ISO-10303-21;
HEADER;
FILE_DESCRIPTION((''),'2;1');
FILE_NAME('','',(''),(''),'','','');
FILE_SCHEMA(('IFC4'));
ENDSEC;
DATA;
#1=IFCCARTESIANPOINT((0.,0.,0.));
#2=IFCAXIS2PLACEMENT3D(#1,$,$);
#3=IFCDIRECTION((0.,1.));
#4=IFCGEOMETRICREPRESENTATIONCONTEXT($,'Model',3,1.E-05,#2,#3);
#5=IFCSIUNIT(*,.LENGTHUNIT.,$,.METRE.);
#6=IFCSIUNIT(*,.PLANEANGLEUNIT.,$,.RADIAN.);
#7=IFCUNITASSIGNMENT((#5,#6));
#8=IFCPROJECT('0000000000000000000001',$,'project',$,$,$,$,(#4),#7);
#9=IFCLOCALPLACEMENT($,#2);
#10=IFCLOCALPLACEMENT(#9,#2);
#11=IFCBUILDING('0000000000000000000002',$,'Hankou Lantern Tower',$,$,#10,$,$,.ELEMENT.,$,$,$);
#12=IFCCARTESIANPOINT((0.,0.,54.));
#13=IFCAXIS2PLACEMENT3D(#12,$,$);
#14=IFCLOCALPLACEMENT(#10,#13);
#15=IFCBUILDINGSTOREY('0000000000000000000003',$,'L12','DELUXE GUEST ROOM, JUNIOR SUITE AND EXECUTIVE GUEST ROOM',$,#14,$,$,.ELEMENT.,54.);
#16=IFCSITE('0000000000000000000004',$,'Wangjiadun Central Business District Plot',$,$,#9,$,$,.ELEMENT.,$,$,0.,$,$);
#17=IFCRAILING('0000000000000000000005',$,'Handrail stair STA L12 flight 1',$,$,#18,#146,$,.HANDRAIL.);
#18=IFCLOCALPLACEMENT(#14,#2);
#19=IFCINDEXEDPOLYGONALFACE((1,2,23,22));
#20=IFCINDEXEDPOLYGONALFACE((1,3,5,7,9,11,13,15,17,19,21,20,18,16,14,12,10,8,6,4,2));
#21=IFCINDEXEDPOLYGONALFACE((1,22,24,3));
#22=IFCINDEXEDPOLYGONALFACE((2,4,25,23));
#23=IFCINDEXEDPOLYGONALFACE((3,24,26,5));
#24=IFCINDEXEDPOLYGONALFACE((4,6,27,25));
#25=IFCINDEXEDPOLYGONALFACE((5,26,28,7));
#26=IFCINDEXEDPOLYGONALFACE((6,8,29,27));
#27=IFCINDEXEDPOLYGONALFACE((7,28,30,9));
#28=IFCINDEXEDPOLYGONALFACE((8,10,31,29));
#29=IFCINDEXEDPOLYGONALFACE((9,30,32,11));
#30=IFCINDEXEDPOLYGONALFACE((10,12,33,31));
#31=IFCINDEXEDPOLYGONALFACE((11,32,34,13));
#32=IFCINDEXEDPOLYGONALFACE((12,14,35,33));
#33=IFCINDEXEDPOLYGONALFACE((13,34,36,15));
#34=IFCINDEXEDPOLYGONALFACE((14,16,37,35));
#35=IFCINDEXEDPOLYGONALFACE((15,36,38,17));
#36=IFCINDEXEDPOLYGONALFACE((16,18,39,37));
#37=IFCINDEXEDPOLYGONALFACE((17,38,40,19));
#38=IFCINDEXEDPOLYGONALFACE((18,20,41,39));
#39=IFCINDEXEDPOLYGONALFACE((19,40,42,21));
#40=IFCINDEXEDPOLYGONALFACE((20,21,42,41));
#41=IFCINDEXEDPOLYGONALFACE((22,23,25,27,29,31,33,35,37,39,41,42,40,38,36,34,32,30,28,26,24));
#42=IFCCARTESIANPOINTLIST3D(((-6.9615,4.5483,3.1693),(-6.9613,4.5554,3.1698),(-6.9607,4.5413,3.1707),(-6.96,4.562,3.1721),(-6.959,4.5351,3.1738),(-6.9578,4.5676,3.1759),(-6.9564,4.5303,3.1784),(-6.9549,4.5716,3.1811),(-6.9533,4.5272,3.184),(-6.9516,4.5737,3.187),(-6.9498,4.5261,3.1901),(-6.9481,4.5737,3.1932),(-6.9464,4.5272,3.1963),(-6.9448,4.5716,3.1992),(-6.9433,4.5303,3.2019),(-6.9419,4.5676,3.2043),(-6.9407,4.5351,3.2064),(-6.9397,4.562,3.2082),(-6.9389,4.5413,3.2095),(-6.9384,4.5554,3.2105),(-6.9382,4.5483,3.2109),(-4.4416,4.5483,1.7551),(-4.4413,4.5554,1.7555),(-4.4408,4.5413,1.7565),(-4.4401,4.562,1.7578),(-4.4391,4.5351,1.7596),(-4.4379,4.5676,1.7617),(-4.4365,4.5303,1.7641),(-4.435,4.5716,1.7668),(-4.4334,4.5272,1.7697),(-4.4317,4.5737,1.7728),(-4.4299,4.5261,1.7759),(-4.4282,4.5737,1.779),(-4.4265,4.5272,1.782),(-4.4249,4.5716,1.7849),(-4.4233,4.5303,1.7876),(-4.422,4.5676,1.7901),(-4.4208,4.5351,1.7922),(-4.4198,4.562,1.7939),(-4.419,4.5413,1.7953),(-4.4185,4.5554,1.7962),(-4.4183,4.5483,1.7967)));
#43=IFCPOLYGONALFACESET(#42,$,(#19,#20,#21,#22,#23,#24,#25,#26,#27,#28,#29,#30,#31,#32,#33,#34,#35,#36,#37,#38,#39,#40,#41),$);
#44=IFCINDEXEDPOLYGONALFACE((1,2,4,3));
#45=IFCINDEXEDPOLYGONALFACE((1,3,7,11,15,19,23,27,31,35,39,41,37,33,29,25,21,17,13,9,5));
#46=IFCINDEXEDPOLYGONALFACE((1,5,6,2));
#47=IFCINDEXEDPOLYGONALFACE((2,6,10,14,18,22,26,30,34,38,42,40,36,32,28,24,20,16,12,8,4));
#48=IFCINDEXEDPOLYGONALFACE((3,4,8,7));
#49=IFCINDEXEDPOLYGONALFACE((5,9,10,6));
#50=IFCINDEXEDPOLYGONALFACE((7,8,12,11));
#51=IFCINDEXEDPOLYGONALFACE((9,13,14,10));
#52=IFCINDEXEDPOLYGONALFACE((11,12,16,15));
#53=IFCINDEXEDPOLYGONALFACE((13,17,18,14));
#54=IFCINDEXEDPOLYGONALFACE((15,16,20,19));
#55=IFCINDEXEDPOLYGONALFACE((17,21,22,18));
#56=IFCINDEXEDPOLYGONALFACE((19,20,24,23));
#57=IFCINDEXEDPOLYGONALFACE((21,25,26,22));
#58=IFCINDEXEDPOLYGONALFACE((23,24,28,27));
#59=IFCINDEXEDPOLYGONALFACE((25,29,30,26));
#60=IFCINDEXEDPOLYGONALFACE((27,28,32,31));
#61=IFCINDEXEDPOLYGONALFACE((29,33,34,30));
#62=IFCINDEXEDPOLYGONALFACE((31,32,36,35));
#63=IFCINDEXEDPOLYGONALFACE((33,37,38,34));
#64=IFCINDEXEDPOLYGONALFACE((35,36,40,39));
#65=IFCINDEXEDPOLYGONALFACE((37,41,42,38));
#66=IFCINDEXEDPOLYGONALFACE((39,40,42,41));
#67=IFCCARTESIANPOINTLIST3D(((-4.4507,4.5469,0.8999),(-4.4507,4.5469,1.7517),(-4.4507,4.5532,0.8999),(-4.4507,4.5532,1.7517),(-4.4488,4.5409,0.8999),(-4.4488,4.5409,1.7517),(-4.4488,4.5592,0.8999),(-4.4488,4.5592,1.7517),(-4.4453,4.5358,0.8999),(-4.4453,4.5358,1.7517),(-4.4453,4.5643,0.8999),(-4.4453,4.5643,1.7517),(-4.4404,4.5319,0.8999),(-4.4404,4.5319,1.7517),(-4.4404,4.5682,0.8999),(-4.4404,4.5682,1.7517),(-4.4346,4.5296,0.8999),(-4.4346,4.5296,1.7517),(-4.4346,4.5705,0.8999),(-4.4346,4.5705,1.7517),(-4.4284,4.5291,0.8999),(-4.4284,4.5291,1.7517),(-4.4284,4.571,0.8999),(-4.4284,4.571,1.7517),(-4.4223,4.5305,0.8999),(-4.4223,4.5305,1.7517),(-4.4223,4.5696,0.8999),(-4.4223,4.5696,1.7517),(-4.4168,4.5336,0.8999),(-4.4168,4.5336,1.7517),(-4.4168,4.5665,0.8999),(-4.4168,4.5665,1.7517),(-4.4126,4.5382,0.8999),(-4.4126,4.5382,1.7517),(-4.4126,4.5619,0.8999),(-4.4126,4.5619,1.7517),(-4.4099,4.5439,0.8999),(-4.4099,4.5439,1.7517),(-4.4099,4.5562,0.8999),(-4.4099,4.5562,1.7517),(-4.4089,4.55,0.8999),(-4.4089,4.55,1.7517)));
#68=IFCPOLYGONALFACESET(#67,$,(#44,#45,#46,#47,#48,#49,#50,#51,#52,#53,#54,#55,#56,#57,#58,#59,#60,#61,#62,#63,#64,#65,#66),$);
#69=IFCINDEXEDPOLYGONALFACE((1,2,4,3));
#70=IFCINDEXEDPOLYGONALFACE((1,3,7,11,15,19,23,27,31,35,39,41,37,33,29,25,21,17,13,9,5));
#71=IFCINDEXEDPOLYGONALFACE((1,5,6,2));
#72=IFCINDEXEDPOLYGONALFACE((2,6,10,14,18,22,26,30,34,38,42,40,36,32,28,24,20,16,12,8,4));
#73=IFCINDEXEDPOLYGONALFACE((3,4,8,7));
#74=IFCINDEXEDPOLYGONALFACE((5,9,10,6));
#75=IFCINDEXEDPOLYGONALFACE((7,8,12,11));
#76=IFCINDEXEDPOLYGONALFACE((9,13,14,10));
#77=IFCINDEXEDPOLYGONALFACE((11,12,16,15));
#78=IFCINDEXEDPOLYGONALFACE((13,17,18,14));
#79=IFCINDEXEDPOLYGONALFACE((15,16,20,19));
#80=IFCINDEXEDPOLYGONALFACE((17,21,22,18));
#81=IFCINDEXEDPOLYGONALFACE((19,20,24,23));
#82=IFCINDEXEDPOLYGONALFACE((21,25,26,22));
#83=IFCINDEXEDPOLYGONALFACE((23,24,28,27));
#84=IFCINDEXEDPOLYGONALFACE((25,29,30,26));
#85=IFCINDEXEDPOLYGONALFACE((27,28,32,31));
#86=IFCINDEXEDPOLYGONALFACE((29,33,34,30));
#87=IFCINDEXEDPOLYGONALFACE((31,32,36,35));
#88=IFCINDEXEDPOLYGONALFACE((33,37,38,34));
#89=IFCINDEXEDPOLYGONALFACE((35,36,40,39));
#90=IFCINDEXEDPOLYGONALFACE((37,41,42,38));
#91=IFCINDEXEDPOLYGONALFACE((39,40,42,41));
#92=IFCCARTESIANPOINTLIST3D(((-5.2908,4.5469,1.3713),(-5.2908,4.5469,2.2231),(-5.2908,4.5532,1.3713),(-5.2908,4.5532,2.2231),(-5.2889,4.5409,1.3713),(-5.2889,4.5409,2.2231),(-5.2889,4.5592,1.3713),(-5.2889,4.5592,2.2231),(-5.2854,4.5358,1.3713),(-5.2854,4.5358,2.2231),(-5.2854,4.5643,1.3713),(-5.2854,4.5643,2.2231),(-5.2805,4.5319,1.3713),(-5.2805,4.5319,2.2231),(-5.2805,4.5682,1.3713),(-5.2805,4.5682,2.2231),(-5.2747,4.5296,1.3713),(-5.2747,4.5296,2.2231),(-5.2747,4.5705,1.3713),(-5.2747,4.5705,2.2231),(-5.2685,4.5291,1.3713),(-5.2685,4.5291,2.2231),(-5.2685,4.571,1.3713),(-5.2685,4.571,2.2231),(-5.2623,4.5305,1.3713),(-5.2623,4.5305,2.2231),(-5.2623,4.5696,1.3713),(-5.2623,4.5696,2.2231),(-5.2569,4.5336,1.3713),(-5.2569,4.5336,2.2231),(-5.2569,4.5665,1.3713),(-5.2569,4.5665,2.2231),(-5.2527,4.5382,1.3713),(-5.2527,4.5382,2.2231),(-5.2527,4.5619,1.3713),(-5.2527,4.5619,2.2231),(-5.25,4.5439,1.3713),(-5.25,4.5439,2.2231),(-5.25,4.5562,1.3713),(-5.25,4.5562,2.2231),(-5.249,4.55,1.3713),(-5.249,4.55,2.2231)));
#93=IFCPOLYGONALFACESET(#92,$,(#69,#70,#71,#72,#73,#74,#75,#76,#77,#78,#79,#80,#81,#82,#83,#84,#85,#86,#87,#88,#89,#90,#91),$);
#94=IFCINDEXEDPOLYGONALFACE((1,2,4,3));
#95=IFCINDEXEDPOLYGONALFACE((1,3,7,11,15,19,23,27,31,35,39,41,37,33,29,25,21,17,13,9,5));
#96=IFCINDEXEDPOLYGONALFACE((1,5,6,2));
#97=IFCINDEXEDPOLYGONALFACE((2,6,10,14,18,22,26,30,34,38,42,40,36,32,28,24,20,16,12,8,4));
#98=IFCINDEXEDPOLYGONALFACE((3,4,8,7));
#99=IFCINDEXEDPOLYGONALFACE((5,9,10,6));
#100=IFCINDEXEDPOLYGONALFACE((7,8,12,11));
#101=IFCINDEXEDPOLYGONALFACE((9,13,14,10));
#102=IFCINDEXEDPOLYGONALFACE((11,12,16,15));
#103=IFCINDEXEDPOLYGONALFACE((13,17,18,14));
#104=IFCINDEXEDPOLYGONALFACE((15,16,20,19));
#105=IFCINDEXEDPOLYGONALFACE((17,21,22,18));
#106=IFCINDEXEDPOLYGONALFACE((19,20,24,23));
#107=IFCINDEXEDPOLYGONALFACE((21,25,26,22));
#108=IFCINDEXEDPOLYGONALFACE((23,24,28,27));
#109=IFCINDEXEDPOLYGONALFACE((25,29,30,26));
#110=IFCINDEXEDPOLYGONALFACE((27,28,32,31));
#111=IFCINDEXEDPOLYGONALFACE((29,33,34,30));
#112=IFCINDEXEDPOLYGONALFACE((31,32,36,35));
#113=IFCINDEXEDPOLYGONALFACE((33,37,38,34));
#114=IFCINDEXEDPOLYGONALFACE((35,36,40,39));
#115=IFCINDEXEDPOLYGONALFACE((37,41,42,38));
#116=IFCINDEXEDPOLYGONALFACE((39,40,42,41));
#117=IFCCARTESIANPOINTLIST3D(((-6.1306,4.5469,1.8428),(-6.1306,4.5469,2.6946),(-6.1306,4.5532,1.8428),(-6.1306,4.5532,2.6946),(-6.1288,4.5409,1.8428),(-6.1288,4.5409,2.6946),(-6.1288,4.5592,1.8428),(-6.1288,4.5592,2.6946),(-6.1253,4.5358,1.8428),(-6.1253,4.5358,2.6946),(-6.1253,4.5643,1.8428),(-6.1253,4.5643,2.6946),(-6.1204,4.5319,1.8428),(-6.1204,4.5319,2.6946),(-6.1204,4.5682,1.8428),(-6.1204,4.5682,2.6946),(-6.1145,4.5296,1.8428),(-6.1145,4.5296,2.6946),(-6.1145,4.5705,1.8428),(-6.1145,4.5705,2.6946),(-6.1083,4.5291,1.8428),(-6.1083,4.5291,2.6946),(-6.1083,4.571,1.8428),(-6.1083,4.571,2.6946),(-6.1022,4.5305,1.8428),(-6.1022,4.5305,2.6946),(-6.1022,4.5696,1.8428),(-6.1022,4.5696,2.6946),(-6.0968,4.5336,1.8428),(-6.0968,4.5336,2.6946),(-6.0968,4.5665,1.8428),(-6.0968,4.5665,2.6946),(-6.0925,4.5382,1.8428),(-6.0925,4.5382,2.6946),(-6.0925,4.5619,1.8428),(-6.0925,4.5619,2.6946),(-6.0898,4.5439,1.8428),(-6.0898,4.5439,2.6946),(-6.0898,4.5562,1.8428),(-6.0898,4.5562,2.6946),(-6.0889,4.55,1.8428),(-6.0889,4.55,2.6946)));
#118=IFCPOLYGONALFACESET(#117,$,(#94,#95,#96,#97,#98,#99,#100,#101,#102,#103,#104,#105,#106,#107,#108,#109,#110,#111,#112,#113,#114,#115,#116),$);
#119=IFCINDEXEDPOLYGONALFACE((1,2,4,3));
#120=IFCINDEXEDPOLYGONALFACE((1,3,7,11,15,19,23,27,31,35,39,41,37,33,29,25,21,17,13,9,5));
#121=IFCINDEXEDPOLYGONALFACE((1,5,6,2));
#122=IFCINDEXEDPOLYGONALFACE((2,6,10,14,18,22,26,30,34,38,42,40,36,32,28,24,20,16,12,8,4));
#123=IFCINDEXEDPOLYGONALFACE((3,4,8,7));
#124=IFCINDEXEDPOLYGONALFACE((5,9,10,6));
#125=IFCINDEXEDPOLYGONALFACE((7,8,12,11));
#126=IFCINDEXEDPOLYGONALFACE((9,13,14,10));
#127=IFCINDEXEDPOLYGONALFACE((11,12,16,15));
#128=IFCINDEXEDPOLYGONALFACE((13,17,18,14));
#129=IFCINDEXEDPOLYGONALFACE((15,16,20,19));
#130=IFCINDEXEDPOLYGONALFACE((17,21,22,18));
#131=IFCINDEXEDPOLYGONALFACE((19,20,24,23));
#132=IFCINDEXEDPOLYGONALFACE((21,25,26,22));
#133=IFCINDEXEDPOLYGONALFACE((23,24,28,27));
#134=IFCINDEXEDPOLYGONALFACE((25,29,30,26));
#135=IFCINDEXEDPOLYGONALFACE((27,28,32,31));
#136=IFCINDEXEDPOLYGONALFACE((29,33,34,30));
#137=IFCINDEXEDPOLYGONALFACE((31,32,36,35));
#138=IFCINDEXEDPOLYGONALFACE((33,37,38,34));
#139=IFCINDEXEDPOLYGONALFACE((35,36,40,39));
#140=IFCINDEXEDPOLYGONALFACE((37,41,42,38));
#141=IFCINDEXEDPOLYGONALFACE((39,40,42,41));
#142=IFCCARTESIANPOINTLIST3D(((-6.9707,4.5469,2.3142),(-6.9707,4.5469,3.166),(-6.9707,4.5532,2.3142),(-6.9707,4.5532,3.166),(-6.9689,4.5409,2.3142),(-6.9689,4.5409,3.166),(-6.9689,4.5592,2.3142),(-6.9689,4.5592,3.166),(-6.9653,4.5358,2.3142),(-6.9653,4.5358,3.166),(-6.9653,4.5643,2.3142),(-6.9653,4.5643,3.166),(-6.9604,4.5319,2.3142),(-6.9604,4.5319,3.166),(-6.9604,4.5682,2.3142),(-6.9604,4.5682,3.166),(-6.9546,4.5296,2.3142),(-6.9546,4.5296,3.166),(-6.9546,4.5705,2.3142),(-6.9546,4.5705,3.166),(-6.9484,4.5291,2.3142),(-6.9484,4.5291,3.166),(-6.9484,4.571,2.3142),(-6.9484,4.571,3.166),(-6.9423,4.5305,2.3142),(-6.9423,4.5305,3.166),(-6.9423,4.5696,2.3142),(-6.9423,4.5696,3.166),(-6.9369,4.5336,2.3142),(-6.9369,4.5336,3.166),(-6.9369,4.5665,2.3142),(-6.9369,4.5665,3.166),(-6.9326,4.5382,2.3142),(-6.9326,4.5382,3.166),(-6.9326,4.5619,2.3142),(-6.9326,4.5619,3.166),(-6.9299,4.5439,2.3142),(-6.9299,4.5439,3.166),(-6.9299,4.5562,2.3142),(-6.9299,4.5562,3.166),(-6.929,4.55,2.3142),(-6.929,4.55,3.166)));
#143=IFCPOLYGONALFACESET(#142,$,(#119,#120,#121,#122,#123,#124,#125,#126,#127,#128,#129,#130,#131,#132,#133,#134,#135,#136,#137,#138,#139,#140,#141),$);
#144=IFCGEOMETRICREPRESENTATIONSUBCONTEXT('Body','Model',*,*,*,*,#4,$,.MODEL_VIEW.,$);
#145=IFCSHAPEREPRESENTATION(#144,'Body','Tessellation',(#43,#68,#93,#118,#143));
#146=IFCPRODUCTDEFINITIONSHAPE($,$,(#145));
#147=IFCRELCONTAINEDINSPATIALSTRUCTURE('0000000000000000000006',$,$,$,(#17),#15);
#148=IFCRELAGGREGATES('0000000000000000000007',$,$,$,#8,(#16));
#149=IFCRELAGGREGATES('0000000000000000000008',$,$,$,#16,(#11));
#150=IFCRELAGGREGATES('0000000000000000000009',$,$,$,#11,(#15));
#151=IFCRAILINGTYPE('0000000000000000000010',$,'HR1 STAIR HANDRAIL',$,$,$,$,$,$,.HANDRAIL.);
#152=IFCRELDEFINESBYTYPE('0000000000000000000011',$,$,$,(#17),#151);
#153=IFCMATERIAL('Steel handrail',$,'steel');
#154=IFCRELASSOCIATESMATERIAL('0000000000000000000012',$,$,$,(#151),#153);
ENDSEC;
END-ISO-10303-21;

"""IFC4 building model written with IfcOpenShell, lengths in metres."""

from ifc_helpers import new_model, si_unit, direction, frame, origin, origin_2d, place, context, subcontext, project, spatial, circle, extrude, material, type_object, element, save


model = new_model("IFC4")

# Units and contexts
model_context = context("Model", 3, precision=1e-05, world=origin(), true_north=direction((0.0, 1.0)))
body_context = subcontext(model_context, "Body", "Model", "MODEL_VIEW")
ifc_project = project(units=[si_unit("LENGTHUNIT", "METRE"), si_unit("PLANEANGLEUNIT", "RADIAN")], contexts=[model_context])

# Site, building, storey
site_placement = place(None, origin())
site = spatial("IfcSite", under=ifc_project, at=site_placement, Name="Wangjiadun Central Business District Plot", CompositionType="ELEMENT", RefElevation=0.0)
building_placement = place(site_placement, origin())
building = spatial("IfcBuilding", under=site, at=building_placement, Name="Hankou Lantern Tower", CompositionType="ELEMENT")
storey_placement = place(building_placement, frame((0.0, 0.0, 54.0)))
storey = spatial("IfcBuildingStorey", under=building, at=storey_placement, Name="L12", Description="DELUXE GUEST ROOM, JUNIOR SUITE AND EXECUTIVE GUEST ROOM", CompositionType="ELEMENT", Elevation=54.0)

# Railing
ifc_material_1 = material(Name="Steel handrail", Category="steel")
railing_type = type_object("IfcRailingType", Name="HR1 STAIR HANDRAIL", PredefinedType="HANDRAIL", material=ifc_material_1)
railing_1_placement = place(storey_placement, frame((-4.4299, 4.55, 0.8999)))
element("IfcRailing", 1, at=railing_1_placement, inside=storey, type_object=railing_type, Name="Handrail stair STA L12 flight 1", PredefinedType="HANDRAIL", context=body_context, shape_type="SweptSolid", body=[
    extrude(circle(Radius=0.0239, at=origin_2d()), frame((0.0, 0.0, 0.876), z_axis=(-0.872049, 0.0, 0.489419), x_axis=(0.0, -1.0, 0.0)), (0.0, 0.0, 1.0), 2.8896),
    extrude(circle(Radius=0.021, at=origin_2d()), origin(), (0.0, 0.0, 1.0), 0.8518),
    extrude(circle(Radius=0.021, at=origin_2d()), frame((-0.8401, 0.0, 0.4714)), (0.0, 0.0, 1.0), 0.8518),
    extrude(circle(Radius=0.021, at=origin_2d()), frame((-1.6799, 0.0, 0.9429)), (0.0, 0.0, 1.0), 0.8518),
    extrude(circle(Radius=0.021, at=origin_2d()), frame((-2.52, 0.0, 1.4143)), (0.0, 0.0, 1.0), 0.8518),
])

save(model, "model.ifc")
